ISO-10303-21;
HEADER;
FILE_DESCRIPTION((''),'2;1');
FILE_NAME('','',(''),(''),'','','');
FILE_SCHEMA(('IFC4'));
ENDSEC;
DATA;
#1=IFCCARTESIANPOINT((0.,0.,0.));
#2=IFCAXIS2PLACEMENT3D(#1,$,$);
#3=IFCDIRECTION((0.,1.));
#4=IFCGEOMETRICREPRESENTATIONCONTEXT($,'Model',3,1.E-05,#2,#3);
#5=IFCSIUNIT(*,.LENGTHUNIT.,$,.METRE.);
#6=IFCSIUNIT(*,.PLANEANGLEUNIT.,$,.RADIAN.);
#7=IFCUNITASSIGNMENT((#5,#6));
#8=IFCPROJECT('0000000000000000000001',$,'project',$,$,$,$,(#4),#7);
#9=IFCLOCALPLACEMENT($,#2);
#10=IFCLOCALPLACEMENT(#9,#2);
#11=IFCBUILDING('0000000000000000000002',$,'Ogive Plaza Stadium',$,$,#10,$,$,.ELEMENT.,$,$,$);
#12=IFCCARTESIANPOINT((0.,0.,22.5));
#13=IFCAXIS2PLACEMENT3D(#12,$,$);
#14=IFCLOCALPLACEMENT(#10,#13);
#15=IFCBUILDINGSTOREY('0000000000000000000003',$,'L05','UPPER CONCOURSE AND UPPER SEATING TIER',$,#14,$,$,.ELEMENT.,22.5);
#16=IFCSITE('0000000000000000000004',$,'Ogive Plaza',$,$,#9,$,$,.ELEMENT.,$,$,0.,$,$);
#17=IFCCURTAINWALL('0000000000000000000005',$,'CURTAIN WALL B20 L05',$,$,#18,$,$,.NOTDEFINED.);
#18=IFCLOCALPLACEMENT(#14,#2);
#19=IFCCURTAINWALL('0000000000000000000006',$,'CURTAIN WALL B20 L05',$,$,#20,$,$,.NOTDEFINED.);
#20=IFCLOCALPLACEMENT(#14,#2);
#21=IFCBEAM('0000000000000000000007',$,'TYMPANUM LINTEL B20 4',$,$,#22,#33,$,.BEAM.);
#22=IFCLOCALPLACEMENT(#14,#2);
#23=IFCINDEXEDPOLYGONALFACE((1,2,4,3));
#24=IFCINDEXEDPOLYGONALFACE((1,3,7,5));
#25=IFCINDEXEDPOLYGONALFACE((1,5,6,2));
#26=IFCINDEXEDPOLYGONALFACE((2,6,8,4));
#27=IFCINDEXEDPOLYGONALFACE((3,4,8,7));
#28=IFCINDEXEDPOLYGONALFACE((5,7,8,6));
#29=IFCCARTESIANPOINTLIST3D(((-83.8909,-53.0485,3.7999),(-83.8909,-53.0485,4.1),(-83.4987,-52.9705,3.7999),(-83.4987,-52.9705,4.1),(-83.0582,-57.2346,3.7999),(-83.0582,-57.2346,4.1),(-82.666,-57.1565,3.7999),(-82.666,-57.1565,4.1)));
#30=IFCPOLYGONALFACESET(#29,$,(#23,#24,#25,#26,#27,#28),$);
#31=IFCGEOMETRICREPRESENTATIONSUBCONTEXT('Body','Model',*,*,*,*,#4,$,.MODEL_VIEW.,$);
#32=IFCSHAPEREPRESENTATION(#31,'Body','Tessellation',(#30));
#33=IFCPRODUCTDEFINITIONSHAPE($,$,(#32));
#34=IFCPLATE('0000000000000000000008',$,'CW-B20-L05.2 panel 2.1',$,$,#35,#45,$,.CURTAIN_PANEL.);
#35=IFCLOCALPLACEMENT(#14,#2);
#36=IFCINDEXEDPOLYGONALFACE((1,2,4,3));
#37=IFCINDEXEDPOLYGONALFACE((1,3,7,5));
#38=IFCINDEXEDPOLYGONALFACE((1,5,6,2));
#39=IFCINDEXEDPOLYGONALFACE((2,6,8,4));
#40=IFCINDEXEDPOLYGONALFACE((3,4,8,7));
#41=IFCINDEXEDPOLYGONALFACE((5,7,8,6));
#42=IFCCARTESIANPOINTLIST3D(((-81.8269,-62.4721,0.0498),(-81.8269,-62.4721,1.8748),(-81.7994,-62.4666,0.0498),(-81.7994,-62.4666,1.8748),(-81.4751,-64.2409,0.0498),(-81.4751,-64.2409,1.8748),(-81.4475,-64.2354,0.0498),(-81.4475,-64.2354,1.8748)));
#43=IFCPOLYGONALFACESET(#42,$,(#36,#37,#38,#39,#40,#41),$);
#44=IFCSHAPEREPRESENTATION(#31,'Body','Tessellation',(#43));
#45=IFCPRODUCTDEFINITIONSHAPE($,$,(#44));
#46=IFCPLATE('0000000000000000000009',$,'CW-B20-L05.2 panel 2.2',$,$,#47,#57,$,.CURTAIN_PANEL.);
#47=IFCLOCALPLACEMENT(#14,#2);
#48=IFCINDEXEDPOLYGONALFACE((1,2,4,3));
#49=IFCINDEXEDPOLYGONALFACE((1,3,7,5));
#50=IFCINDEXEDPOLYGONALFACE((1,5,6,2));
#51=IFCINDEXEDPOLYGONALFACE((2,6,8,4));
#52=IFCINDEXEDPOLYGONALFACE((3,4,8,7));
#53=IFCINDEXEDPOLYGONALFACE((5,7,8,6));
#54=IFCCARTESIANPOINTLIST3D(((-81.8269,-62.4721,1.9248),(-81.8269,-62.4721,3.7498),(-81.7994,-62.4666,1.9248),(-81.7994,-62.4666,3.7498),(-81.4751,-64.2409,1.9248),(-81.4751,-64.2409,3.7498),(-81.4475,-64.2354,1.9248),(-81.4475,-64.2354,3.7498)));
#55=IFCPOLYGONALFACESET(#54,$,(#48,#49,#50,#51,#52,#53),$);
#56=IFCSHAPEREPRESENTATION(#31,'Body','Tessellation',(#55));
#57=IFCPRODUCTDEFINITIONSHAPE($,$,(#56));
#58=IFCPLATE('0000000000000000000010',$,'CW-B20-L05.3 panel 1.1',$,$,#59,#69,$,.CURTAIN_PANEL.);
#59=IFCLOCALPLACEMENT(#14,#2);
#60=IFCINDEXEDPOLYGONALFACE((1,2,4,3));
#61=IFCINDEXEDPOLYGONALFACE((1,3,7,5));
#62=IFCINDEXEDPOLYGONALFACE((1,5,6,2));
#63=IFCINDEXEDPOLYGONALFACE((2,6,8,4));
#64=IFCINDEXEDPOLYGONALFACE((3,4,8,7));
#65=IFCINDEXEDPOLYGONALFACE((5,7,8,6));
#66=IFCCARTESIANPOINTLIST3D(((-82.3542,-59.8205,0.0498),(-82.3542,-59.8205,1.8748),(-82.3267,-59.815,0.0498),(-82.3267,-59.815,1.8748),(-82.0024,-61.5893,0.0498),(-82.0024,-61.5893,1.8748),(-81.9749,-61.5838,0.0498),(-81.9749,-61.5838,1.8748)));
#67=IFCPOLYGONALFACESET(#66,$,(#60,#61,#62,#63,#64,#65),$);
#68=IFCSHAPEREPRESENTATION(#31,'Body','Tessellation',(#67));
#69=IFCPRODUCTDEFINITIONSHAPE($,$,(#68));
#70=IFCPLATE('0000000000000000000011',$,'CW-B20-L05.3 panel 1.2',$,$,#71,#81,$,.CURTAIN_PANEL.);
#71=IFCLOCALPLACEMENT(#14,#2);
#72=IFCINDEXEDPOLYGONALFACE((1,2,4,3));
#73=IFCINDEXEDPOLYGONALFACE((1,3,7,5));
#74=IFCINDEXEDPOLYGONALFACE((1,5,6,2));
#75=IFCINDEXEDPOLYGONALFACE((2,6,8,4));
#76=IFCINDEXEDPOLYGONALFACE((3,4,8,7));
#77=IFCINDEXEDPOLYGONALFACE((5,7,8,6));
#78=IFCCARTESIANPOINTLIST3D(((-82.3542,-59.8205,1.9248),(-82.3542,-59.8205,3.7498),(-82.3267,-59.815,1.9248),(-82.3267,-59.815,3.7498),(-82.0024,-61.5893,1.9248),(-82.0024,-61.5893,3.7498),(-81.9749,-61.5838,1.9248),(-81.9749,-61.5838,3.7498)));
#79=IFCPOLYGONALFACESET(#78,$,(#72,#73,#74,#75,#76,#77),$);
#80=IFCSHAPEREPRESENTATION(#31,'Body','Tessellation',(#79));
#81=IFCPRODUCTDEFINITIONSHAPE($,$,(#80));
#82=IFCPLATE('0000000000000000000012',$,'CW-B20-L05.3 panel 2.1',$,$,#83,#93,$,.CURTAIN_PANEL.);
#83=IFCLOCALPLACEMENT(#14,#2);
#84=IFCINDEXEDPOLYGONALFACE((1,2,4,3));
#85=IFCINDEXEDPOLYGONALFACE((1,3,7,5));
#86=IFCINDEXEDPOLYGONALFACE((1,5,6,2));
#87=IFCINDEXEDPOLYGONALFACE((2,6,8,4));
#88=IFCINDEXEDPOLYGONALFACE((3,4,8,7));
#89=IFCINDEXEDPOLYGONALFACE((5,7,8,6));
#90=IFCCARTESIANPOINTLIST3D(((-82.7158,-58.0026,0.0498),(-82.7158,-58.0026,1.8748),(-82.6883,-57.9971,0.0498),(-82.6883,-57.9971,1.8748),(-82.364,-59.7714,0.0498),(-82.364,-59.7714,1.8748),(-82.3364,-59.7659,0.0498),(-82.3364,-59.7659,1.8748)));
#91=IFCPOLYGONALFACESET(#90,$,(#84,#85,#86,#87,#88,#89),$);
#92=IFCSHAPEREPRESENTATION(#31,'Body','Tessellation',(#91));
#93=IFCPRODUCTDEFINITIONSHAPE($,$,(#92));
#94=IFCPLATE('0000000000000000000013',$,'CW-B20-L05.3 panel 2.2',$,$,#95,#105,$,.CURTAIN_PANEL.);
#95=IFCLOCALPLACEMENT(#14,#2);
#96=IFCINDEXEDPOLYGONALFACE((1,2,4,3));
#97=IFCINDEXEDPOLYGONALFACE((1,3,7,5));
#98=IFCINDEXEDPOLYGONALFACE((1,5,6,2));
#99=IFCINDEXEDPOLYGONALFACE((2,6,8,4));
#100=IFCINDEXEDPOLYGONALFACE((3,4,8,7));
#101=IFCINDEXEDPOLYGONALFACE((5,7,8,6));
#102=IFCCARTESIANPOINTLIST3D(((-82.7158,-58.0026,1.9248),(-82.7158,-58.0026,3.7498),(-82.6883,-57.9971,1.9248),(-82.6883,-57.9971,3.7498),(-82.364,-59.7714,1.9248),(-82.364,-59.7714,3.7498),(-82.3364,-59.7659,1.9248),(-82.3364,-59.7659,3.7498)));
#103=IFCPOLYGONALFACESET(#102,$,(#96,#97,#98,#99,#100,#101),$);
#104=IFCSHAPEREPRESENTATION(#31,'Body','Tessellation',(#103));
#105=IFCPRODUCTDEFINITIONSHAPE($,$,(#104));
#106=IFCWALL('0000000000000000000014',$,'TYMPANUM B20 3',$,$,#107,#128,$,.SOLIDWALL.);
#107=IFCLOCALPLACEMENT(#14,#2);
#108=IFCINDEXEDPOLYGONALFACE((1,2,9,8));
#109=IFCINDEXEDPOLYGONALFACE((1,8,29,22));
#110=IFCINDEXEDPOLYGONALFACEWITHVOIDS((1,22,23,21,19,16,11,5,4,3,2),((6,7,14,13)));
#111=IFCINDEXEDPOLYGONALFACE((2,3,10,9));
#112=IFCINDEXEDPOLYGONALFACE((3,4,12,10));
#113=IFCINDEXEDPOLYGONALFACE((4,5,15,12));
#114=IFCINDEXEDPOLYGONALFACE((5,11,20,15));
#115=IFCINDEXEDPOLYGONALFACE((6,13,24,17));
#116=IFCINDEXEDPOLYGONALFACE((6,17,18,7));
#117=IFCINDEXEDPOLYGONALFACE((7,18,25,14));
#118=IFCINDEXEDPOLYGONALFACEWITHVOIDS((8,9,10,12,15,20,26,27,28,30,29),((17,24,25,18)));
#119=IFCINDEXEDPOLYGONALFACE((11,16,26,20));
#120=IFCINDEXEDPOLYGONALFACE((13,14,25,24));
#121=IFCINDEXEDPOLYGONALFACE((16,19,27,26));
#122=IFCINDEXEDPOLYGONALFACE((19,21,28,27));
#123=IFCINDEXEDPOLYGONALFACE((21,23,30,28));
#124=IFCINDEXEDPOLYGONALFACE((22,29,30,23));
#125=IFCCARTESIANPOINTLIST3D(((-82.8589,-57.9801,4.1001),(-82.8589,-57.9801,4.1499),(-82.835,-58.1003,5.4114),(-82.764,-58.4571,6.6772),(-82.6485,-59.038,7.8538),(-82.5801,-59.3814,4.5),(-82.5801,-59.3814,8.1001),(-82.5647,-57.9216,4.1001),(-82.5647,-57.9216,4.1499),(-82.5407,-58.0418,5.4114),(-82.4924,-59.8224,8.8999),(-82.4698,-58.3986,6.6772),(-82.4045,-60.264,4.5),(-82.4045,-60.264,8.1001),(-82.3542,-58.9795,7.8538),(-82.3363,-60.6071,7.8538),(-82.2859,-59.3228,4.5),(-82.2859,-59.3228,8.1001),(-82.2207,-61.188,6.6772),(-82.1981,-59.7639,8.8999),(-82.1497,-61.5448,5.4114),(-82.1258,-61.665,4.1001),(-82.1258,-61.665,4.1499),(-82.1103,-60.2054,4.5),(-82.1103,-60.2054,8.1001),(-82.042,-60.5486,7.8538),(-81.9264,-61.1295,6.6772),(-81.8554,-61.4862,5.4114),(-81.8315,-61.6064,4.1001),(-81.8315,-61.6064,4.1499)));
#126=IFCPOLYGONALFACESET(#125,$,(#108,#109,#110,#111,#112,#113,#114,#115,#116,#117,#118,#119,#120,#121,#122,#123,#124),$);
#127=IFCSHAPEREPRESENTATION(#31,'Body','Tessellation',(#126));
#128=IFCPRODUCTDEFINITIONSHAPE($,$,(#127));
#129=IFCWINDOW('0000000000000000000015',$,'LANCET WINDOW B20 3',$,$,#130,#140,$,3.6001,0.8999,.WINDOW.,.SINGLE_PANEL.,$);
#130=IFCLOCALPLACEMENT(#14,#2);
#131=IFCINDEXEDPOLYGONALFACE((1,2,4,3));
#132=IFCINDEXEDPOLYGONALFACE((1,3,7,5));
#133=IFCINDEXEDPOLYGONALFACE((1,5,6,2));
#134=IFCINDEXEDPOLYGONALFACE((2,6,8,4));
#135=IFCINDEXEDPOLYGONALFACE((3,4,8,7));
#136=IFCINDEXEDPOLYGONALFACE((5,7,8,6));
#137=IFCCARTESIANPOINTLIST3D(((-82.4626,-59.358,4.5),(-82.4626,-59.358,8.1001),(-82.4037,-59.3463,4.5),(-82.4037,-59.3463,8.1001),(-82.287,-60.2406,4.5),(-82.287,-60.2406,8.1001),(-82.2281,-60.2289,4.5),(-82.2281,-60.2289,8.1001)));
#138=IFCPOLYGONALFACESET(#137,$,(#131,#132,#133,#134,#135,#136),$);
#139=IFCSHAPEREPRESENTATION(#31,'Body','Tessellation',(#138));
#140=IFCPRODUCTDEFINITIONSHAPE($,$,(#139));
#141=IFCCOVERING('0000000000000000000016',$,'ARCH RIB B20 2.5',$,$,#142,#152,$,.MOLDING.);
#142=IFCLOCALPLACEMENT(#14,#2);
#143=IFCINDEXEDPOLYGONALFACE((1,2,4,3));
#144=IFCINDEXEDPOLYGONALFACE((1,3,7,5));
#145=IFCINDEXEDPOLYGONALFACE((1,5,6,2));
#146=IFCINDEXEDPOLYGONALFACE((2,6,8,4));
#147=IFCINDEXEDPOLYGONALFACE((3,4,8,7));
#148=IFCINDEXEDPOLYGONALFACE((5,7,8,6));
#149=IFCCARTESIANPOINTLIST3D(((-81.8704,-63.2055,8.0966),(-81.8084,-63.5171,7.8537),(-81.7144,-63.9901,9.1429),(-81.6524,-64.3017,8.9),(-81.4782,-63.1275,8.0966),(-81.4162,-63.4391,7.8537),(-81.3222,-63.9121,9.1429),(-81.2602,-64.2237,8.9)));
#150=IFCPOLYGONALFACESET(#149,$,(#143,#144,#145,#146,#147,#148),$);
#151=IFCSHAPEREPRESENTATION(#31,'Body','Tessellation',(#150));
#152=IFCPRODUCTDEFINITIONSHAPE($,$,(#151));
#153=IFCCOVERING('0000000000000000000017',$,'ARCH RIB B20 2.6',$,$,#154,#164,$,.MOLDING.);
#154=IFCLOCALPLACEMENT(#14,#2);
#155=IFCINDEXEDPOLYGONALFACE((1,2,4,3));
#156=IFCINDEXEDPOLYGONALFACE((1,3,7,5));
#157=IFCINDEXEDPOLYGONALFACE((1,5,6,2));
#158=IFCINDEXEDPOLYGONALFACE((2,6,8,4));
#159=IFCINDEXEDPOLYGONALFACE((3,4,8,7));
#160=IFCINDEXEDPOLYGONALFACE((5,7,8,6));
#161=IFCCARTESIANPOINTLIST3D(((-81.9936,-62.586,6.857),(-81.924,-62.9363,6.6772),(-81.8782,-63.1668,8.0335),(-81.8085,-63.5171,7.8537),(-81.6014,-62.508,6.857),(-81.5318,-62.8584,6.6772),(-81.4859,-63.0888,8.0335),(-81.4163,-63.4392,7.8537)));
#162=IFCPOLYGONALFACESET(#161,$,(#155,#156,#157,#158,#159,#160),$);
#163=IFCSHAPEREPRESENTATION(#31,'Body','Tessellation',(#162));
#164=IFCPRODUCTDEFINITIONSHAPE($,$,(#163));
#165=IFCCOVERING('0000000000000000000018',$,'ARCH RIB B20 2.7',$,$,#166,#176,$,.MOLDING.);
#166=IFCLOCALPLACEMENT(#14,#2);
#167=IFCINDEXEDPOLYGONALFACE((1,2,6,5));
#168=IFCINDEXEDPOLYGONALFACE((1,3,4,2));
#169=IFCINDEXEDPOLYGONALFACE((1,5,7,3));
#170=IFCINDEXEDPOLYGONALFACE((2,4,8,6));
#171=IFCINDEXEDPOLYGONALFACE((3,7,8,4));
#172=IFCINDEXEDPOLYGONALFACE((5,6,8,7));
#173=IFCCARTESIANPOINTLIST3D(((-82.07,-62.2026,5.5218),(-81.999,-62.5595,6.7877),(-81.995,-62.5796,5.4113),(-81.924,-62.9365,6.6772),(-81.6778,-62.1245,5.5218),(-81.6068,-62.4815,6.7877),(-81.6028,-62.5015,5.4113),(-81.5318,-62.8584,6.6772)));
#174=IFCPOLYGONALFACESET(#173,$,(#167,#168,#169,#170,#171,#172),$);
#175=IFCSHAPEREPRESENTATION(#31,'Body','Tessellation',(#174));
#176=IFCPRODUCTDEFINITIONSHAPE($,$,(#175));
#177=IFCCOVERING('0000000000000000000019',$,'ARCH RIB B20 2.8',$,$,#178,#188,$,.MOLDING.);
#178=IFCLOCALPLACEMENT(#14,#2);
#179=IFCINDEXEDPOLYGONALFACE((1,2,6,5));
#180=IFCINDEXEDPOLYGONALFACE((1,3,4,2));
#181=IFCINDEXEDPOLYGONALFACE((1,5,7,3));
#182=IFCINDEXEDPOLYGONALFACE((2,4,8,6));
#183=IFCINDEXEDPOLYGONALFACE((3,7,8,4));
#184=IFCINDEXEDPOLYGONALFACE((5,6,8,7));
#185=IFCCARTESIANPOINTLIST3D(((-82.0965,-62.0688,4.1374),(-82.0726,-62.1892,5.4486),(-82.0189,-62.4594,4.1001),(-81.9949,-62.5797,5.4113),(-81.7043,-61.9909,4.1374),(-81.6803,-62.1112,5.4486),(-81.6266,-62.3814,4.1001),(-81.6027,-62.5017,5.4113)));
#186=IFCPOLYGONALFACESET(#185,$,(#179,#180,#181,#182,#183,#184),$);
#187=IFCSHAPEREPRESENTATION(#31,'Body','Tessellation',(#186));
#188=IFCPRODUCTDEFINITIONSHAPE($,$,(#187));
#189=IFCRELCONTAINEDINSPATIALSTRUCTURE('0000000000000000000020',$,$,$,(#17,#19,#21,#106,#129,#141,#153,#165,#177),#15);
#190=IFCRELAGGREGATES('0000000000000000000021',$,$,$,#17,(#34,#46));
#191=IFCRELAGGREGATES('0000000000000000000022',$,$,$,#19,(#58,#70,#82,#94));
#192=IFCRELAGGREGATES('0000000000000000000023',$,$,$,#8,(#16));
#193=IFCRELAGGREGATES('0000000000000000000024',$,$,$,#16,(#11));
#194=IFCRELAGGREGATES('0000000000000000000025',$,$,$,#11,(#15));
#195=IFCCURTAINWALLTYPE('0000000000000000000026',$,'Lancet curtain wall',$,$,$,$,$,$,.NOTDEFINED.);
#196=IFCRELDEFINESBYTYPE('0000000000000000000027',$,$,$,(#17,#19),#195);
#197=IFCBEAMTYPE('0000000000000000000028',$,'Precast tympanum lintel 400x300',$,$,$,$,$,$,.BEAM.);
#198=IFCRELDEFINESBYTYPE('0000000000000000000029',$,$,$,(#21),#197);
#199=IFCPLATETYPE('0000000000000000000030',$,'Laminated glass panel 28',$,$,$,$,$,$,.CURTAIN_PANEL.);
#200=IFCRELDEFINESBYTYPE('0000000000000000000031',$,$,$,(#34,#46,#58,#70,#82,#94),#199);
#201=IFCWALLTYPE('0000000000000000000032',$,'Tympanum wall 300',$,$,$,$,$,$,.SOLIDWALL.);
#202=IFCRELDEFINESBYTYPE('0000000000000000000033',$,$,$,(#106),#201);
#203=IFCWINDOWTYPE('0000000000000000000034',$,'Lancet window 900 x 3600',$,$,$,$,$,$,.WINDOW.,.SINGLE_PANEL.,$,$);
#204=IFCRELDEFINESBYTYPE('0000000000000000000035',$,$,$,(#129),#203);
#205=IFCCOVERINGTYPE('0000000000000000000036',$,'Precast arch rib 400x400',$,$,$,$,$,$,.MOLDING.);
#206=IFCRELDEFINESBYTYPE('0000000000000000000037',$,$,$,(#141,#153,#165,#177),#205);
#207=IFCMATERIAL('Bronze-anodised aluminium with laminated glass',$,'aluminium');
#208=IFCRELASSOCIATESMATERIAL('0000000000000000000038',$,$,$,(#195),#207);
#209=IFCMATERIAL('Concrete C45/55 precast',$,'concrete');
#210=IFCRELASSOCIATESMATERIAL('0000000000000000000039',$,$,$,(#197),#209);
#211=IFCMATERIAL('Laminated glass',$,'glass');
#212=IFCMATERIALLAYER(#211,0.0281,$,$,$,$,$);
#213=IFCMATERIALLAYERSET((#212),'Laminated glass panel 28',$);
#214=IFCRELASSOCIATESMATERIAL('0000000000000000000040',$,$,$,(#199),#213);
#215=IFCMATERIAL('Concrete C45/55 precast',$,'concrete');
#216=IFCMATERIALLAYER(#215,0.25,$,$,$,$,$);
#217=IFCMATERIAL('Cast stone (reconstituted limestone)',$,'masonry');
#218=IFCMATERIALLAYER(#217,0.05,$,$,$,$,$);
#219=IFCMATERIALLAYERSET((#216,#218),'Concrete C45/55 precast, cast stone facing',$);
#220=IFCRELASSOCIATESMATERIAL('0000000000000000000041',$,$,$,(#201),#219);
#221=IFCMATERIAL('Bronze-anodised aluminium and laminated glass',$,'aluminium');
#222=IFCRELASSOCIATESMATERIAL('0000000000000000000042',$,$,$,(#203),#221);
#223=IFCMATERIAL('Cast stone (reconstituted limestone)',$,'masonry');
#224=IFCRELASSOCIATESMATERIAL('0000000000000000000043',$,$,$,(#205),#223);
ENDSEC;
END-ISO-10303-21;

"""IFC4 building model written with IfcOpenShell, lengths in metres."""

from ifc_helpers import new_model, si_unit, direction, frame, frame_2d, origin, origin_2d, place, context, subcontext, project, spatial, polyline, rectangle, outline, extrude, material, layer, layer_set, material_profile, profile_set, type_object, element, fill, aggregate, save


model = new_model("IFC4")

# Units and contexts
model_context = context("Model", 3, precision=1e-05, world=origin(), true_north=direction((0.0, 1.0)))
body_context = subcontext(model_context, "Body", "Model", "MODEL_VIEW")
ifc_project = project(units=[si_unit("LENGTHUNIT", "METRE"), si_unit("PLANEANGLEUNIT", "RADIAN")], contexts=[model_context])

# Site, building, storey
site_placement = place(None, origin())
site = spatial("IfcSite", under=ifc_project, at=site_placement, Name="Ogive Plaza", CompositionType="ELEMENT", RefElevation=0.0)
building_placement = place(site_placement, origin())
building = spatial("IfcBuilding", under=site, at=building_placement, Name="Ogive Plaza Stadium", CompositionType="ELEMENT")
storey_placement = place(building_placement, frame((0.0, 0.0, 22.5)))
storey = spatial("IfcBuildingStorey", under=building, at=storey_placement, Name="L05", Description="UPPER CONCOURSE AND UPPER SEATING TIER", CompositionType="ELEMENT", Elevation=22.5)

# Curtain wall
ifc_material_1 = material(Name="Bronze-anodised aluminium with laminated glass", Category="aluminium")
curtain_wall_type = type_object("IfcCurtainWallType", Name="Lancet curtain wall", PredefinedType="NOTDEFINED", material=ifc_material_1)
curtain_wall_1_placement = place(storey_placement, origin())
curtain_wall_1 = element("IfcCurtainWall", 1, at=curtain_wall_1_placement, inside=storey, type_object=curtain_wall_type, Name="CURTAIN WALL B20 L05", PredefinedType="NOTDEFINED")

# Curtain wall
curtain_wall_2_placement = place(storey_placement, origin())
curtain_wall_2 = element("IfcCurtainWall", 2, at=curtain_wall_2_placement, inside=storey, type_object=curtain_wall_type, Name="CURTAIN WALL B20 L05", PredefinedType="NOTDEFINED")

# Beam
ifc_material_2 = material(Name="Concrete C45/55 precast", Category="concrete")
ifc_material_profile_1 = material_profile(ifc_material_2, rectangle(XDim=0.3999, YDim=0.3, at=origin_2d()), Name="RC 400x300")
ifc_profile_set_1 = profile_set([ifc_material_profile_1], Name="Concrete C45/55 precast")
beam_type = type_object("IfcBeamType", Name="Precast tympanum lintel 400x300", PredefinedType="BEAM", material=ifc_profile_set_1)
beam_1_placement = place(storey_placement, frame((-82.8621, -57.1956, 3.95), z_axis=(-0.195115, 0.98078, 0.0), x_axis=(-0.98078, -0.195115, 0.0)))
element("IfcBeam", 3, at=beam_1_placement, inside=storey, type_object=beam_type, Name="TYMPANUM LINTEL B20 4", PredefinedType="BEAM", context=body_context, shape_type="SweptSolid", body=[
    extrude(rectangle(XDim=0.3999, YDim=0.3, at=origin_2d()), origin(), (0.0, 0.0, 1.0), 4.2681),
])

# Plates
ifc_material_3 = material(Name="Laminated glass", Category="glass")
ifc_layer_1 = layer(ifc_material_3, 0.0281)
ifc_layer_set_1 = layer_set([ifc_layer_1], Name="Laminated glass panel 28")
plate_type = type_object("IfcPlateType", Name="Laminated glass panel 28", PredefinedType="CURTAIN_PANEL", material=ifc_layer_set_1)
plate_1_placement = place(storey_placement, frame((-81.6372, -63.3538, 0.0498), z_axis=(0.0, 0.0, 1.0), x_axis=(-0.19509, 0.980785, 0.0)))
plate_1 = element("IfcPlate", 4, at=plate_1_placement, type_object=plate_type, Name="CW-B20-L05.2 panel 2.1", PredefinedType="CURTAIN_PANEL", context=body_context, shape_type="SweptSolid", body=[
    extrude(rectangle(XDim=1.8035, YDim=0.0281, at=origin_2d()), origin(), (0.0, 0.0, 1.0), 1.825),
])
plate_2_placement = place(storey_placement, frame((-81.6372, -63.3538, 1.9248), z_axis=(0.0, 0.0, 1.0), x_axis=(-0.19509, 0.980785, 0.0)))
plate_2 = element("IfcPlate", 5, at=plate_2_placement, type_object=plate_type, Name="CW-B20-L05.2 panel 2.2", PredefinedType="CURTAIN_PANEL", context=body_context, shape_type="SweptSolid", body=[
    extrude(rectangle(XDim=1.8035, YDim=0.0281, at=origin_2d()), origin(), (0.0, 0.0, 1.0), 1.825),
])
aggregate(curtain_wall_1, [plate_1, plate_2])
plate_3_placement = place(storey_placement, frame((-82.1646, -60.7021, 0.0498), z_axis=(0.0, 0.0, 1.0), x_axis=(-0.19509, 0.980785, 0.0)))
plate_3 = element("IfcPlate", 6, at=plate_3_placement, type_object=plate_type, Name="CW-B20-L05.3 panel 1.1", PredefinedType="CURTAIN_PANEL", context=body_context, shape_type="SweptSolid", body=[
    extrude(rectangle(XDim=1.8035, YDim=0.0281, at=origin_2d()), origin(), (0.0, 0.0, 1.0), 1.825),
])
plate_4_placement = place(storey_placement, frame((-82.1646, -60.7021, 1.9248), z_axis=(0.0, 0.0, 1.0), x_axis=(-0.19509, 0.980785, 0.0)))
plate_4 = element("IfcPlate", 7, at=plate_4_placement, type_object=plate_type, Name="CW-B20-L05.3 panel 1.2", PredefinedType="CURTAIN_PANEL", context=body_context, shape_type="SweptSolid", body=[
    extrude(rectangle(XDim=1.8035, YDim=0.0281, at=origin_2d()), origin(), (0.0, 0.0, 1.0), 1.825),
])
plate_5_placement = place(storey_placement, frame((-82.5261, -58.8843, 0.0498), z_axis=(0.0, 0.0, 1.0), x_axis=(-0.19509, 0.980785, 0.0)))
plate_5 = element("IfcPlate", 8, at=plate_5_placement, type_object=plate_type, Name="CW-B20-L05.3 panel 2.1", PredefinedType="CURTAIN_PANEL", context=body_context, shape_type="SweptSolid", body=[
    extrude(rectangle(XDim=1.8035, YDim=0.0281, at=origin_2d()), origin(), (0.0, 0.0, 1.0), 1.825),
])
plate_6_placement = place(storey_placement, frame((-82.5261, -58.8843, 1.9248), z_axis=(0.0, 0.0, 1.0), x_axis=(-0.19509, 0.980785, 0.0)))
plate_6 = element("IfcPlate", 9, at=plate_6_placement, type_object=plate_type, Name="CW-B20-L05.3 panel 2.2", PredefinedType="CURTAIN_PANEL", context=body_context, shape_type="SweptSolid", body=[
    extrude(rectangle(XDim=1.8035, YDim=0.0281, at=origin_2d()), origin(), (0.0, 0.0, 1.0), 1.825),
])
aggregate(curtain_wall_2, [plate_3, plate_4, plate_5, plate_6])

# Wall, opening, window
ifc_material_4 = material(Name="Concrete C45/55 precast", Category="concrete")
ifc_layer_2 = layer(ifc_material_4, 0.25)
ifc_material_5 = material(Name="Cast stone (reconstituted limestone)", Category="masonry")
ifc_layer_3 = layer(ifc_material_5, 0.05)
ifc_layer_set_2 = layer_set([ifc_layer_2, ifc_layer_3], Name="Concrete C45/55 precast, cast stone facing")
wall_type = type_object("IfcWallType", Name="Tympanum wall 300", PredefinedType="SOLIDWALL", material=ifc_layer_set_2)
wall_placement = place(storey_placement, frame((-81.9788, -61.6357, 4.1001), z_axis=(0.0, 0.0, 1.0), x_axis=(-0.195141, 0.980775, 0.0)))
wall = element("IfcWall", 10, at=wall_placement, inside=storey, type_object=wall_type, Name="TYMPANUM B20 3", PredefinedType="SOLIDWALL", context=body_context, shape_type="SweptSolid", body=[
    extrude(outline(polyline([(0.0, 0.0), (3.7571, 0.0), (3.7571, 0.0498), (3.6345, 1.3113), (3.2708, 2.5771), (2.6785, 3.7537), (1.8787, 4.7998), (1.0786, 3.7537), (0.4863, 2.5771), (0.1226, 1.3113), (0.0, 0.0498), (0.0, 0.0)])), frame((0.0, 0.1499, 0.0), z_axis=(0.0, -1.0, 0.0), x_axis=(1.0, 0.0, 0.0)), (0.0, 0.0, 1.0), 0.3),
])
opening_placement = place(wall_placement, frame((1.4285, 0.0, 0.3999)))
opening = element("IfcOpeningElement", 11, at=opening_placement, cuts=wall, PredefinedType="OPENING", context=body_context, shape_type="SweptSolid", body=[
    extrude(rectangle(XDim=0.8999, YDim=3.6001, at=frame_2d((0.45, 1.8))), frame((0.0, 0.1602, 0.0), z_axis=(0.0, -1.0, 0.0), x_axis=(1.0, 0.0, 0.0)), (0.0, 0.0, 1.0), 0.3201),
])
ifc_material_6 = material(Name="Bronze-anodised aluminium and laminated glass", Category="aluminium")
window_type = type_object("IfcWindowType", Name="Lancet window 900 x 3600", PartitioningType="SINGLE_PANEL", PredefinedType="WINDOW", material=ifc_material_6)
window_placement = place(opening_placement, origin())
window = element("IfcWindow", 12, at=window_placement, inside=storey, type_object=window_type, Name="LANCET WINDOW B20 3", OverallHeight=3.6001, OverallWidth=0.8999, PartitioningType="SINGLE_PANEL", PredefinedType="WINDOW", context=body_context, shape_type="SweptSolid", body=[
    extrude(rectangle(XDim=0.8999, YDim=3.6001, at=frame_2d((0.45, 1.8))), frame((0.0, 0.03, 0.0), z_axis=(0.0, -1.0, 0.0), x_axis=(1.0, 0.0, 0.0)), (0.0, 0.0, 1.0), 0.0601),
])
fill(opening, window)

# Coverings
ifc_material_7 = material(Name="Cast stone (reconstituted limestone)", Category="masonry")
ifc_material_profile_2 = material_profile(ifc_material_7, rectangle(XDim=0.3999, YDim=0.3999, at=origin_2d()), Name="Cast stone 400x400")
ifc_profile_set_2 = profile_set([ifc_material_profile_2], Name="Cast stone (reconstituted limestone)")
covering_type = type_object("IfcCoveringType", Name="Precast arch rib 400x400", PredefinedType="MOLDING", material=ifc_profile_set_2)
for number, where, z_axis, x_axis, name in (
    (13, (-81.4873, -64.1069, 9.0215), (-0.118439, 0.595717, -0.794414), (-0.980803, -0.195001, 0.0), "ARCH RIB B20 2.5"),
    (14, (-81.6472, -63.303, 7.9436), (-0.087674, 0.440963, -0.893233), (-0.980802, -0.195006, 0.0), "ARCH RIB B20 2.6"),
    (15, (-81.7654, -62.709, 6.7324), (-0.053939, 0.27099, -0.96107), (-0.980761, -0.195213, 0.0), "ARCH RIB B20 2.7"),
):
    element("IfcCovering", number, at=place(storey_placement, frame(where, z_axis=z_axis, x_axis=x_axis)), inside=storey, type_object=covering_type, Name=name, PredefinedType="MOLDING", context=body_context, shape_type="SweptSolid", body=[
        extrude(rectangle(XDim=0.3999, YDim=0.3999, at=origin_2d()), origin(), (0.0, 0.0, 1.0), 1.3171),
    ])
for number, where, z_axis, x_axis, name in (
    (16, (-81.8376, -62.3455, 5.4299), (-0.018167, 0.09139, -0.995649), (-0.98081, -0.194968, 0.0), "ARCH RIB B20 2.8"),
):
    element("IfcCovering", number, at=place(storey_placement, frame(where, z_axis=z_axis, x_axis=x_axis)), inside=storey, type_object=covering_type, Name=name, PredefinedType="MOLDING", context=body_context, shape_type="SweptSolid", body=[
        extrude(rectangle(XDim=0.3999, YDim=0.3999, at=origin_2d()), origin(), (0.0, 0.0, 1.0), 1.3169),
    ])

save(model, "model.ifc")
